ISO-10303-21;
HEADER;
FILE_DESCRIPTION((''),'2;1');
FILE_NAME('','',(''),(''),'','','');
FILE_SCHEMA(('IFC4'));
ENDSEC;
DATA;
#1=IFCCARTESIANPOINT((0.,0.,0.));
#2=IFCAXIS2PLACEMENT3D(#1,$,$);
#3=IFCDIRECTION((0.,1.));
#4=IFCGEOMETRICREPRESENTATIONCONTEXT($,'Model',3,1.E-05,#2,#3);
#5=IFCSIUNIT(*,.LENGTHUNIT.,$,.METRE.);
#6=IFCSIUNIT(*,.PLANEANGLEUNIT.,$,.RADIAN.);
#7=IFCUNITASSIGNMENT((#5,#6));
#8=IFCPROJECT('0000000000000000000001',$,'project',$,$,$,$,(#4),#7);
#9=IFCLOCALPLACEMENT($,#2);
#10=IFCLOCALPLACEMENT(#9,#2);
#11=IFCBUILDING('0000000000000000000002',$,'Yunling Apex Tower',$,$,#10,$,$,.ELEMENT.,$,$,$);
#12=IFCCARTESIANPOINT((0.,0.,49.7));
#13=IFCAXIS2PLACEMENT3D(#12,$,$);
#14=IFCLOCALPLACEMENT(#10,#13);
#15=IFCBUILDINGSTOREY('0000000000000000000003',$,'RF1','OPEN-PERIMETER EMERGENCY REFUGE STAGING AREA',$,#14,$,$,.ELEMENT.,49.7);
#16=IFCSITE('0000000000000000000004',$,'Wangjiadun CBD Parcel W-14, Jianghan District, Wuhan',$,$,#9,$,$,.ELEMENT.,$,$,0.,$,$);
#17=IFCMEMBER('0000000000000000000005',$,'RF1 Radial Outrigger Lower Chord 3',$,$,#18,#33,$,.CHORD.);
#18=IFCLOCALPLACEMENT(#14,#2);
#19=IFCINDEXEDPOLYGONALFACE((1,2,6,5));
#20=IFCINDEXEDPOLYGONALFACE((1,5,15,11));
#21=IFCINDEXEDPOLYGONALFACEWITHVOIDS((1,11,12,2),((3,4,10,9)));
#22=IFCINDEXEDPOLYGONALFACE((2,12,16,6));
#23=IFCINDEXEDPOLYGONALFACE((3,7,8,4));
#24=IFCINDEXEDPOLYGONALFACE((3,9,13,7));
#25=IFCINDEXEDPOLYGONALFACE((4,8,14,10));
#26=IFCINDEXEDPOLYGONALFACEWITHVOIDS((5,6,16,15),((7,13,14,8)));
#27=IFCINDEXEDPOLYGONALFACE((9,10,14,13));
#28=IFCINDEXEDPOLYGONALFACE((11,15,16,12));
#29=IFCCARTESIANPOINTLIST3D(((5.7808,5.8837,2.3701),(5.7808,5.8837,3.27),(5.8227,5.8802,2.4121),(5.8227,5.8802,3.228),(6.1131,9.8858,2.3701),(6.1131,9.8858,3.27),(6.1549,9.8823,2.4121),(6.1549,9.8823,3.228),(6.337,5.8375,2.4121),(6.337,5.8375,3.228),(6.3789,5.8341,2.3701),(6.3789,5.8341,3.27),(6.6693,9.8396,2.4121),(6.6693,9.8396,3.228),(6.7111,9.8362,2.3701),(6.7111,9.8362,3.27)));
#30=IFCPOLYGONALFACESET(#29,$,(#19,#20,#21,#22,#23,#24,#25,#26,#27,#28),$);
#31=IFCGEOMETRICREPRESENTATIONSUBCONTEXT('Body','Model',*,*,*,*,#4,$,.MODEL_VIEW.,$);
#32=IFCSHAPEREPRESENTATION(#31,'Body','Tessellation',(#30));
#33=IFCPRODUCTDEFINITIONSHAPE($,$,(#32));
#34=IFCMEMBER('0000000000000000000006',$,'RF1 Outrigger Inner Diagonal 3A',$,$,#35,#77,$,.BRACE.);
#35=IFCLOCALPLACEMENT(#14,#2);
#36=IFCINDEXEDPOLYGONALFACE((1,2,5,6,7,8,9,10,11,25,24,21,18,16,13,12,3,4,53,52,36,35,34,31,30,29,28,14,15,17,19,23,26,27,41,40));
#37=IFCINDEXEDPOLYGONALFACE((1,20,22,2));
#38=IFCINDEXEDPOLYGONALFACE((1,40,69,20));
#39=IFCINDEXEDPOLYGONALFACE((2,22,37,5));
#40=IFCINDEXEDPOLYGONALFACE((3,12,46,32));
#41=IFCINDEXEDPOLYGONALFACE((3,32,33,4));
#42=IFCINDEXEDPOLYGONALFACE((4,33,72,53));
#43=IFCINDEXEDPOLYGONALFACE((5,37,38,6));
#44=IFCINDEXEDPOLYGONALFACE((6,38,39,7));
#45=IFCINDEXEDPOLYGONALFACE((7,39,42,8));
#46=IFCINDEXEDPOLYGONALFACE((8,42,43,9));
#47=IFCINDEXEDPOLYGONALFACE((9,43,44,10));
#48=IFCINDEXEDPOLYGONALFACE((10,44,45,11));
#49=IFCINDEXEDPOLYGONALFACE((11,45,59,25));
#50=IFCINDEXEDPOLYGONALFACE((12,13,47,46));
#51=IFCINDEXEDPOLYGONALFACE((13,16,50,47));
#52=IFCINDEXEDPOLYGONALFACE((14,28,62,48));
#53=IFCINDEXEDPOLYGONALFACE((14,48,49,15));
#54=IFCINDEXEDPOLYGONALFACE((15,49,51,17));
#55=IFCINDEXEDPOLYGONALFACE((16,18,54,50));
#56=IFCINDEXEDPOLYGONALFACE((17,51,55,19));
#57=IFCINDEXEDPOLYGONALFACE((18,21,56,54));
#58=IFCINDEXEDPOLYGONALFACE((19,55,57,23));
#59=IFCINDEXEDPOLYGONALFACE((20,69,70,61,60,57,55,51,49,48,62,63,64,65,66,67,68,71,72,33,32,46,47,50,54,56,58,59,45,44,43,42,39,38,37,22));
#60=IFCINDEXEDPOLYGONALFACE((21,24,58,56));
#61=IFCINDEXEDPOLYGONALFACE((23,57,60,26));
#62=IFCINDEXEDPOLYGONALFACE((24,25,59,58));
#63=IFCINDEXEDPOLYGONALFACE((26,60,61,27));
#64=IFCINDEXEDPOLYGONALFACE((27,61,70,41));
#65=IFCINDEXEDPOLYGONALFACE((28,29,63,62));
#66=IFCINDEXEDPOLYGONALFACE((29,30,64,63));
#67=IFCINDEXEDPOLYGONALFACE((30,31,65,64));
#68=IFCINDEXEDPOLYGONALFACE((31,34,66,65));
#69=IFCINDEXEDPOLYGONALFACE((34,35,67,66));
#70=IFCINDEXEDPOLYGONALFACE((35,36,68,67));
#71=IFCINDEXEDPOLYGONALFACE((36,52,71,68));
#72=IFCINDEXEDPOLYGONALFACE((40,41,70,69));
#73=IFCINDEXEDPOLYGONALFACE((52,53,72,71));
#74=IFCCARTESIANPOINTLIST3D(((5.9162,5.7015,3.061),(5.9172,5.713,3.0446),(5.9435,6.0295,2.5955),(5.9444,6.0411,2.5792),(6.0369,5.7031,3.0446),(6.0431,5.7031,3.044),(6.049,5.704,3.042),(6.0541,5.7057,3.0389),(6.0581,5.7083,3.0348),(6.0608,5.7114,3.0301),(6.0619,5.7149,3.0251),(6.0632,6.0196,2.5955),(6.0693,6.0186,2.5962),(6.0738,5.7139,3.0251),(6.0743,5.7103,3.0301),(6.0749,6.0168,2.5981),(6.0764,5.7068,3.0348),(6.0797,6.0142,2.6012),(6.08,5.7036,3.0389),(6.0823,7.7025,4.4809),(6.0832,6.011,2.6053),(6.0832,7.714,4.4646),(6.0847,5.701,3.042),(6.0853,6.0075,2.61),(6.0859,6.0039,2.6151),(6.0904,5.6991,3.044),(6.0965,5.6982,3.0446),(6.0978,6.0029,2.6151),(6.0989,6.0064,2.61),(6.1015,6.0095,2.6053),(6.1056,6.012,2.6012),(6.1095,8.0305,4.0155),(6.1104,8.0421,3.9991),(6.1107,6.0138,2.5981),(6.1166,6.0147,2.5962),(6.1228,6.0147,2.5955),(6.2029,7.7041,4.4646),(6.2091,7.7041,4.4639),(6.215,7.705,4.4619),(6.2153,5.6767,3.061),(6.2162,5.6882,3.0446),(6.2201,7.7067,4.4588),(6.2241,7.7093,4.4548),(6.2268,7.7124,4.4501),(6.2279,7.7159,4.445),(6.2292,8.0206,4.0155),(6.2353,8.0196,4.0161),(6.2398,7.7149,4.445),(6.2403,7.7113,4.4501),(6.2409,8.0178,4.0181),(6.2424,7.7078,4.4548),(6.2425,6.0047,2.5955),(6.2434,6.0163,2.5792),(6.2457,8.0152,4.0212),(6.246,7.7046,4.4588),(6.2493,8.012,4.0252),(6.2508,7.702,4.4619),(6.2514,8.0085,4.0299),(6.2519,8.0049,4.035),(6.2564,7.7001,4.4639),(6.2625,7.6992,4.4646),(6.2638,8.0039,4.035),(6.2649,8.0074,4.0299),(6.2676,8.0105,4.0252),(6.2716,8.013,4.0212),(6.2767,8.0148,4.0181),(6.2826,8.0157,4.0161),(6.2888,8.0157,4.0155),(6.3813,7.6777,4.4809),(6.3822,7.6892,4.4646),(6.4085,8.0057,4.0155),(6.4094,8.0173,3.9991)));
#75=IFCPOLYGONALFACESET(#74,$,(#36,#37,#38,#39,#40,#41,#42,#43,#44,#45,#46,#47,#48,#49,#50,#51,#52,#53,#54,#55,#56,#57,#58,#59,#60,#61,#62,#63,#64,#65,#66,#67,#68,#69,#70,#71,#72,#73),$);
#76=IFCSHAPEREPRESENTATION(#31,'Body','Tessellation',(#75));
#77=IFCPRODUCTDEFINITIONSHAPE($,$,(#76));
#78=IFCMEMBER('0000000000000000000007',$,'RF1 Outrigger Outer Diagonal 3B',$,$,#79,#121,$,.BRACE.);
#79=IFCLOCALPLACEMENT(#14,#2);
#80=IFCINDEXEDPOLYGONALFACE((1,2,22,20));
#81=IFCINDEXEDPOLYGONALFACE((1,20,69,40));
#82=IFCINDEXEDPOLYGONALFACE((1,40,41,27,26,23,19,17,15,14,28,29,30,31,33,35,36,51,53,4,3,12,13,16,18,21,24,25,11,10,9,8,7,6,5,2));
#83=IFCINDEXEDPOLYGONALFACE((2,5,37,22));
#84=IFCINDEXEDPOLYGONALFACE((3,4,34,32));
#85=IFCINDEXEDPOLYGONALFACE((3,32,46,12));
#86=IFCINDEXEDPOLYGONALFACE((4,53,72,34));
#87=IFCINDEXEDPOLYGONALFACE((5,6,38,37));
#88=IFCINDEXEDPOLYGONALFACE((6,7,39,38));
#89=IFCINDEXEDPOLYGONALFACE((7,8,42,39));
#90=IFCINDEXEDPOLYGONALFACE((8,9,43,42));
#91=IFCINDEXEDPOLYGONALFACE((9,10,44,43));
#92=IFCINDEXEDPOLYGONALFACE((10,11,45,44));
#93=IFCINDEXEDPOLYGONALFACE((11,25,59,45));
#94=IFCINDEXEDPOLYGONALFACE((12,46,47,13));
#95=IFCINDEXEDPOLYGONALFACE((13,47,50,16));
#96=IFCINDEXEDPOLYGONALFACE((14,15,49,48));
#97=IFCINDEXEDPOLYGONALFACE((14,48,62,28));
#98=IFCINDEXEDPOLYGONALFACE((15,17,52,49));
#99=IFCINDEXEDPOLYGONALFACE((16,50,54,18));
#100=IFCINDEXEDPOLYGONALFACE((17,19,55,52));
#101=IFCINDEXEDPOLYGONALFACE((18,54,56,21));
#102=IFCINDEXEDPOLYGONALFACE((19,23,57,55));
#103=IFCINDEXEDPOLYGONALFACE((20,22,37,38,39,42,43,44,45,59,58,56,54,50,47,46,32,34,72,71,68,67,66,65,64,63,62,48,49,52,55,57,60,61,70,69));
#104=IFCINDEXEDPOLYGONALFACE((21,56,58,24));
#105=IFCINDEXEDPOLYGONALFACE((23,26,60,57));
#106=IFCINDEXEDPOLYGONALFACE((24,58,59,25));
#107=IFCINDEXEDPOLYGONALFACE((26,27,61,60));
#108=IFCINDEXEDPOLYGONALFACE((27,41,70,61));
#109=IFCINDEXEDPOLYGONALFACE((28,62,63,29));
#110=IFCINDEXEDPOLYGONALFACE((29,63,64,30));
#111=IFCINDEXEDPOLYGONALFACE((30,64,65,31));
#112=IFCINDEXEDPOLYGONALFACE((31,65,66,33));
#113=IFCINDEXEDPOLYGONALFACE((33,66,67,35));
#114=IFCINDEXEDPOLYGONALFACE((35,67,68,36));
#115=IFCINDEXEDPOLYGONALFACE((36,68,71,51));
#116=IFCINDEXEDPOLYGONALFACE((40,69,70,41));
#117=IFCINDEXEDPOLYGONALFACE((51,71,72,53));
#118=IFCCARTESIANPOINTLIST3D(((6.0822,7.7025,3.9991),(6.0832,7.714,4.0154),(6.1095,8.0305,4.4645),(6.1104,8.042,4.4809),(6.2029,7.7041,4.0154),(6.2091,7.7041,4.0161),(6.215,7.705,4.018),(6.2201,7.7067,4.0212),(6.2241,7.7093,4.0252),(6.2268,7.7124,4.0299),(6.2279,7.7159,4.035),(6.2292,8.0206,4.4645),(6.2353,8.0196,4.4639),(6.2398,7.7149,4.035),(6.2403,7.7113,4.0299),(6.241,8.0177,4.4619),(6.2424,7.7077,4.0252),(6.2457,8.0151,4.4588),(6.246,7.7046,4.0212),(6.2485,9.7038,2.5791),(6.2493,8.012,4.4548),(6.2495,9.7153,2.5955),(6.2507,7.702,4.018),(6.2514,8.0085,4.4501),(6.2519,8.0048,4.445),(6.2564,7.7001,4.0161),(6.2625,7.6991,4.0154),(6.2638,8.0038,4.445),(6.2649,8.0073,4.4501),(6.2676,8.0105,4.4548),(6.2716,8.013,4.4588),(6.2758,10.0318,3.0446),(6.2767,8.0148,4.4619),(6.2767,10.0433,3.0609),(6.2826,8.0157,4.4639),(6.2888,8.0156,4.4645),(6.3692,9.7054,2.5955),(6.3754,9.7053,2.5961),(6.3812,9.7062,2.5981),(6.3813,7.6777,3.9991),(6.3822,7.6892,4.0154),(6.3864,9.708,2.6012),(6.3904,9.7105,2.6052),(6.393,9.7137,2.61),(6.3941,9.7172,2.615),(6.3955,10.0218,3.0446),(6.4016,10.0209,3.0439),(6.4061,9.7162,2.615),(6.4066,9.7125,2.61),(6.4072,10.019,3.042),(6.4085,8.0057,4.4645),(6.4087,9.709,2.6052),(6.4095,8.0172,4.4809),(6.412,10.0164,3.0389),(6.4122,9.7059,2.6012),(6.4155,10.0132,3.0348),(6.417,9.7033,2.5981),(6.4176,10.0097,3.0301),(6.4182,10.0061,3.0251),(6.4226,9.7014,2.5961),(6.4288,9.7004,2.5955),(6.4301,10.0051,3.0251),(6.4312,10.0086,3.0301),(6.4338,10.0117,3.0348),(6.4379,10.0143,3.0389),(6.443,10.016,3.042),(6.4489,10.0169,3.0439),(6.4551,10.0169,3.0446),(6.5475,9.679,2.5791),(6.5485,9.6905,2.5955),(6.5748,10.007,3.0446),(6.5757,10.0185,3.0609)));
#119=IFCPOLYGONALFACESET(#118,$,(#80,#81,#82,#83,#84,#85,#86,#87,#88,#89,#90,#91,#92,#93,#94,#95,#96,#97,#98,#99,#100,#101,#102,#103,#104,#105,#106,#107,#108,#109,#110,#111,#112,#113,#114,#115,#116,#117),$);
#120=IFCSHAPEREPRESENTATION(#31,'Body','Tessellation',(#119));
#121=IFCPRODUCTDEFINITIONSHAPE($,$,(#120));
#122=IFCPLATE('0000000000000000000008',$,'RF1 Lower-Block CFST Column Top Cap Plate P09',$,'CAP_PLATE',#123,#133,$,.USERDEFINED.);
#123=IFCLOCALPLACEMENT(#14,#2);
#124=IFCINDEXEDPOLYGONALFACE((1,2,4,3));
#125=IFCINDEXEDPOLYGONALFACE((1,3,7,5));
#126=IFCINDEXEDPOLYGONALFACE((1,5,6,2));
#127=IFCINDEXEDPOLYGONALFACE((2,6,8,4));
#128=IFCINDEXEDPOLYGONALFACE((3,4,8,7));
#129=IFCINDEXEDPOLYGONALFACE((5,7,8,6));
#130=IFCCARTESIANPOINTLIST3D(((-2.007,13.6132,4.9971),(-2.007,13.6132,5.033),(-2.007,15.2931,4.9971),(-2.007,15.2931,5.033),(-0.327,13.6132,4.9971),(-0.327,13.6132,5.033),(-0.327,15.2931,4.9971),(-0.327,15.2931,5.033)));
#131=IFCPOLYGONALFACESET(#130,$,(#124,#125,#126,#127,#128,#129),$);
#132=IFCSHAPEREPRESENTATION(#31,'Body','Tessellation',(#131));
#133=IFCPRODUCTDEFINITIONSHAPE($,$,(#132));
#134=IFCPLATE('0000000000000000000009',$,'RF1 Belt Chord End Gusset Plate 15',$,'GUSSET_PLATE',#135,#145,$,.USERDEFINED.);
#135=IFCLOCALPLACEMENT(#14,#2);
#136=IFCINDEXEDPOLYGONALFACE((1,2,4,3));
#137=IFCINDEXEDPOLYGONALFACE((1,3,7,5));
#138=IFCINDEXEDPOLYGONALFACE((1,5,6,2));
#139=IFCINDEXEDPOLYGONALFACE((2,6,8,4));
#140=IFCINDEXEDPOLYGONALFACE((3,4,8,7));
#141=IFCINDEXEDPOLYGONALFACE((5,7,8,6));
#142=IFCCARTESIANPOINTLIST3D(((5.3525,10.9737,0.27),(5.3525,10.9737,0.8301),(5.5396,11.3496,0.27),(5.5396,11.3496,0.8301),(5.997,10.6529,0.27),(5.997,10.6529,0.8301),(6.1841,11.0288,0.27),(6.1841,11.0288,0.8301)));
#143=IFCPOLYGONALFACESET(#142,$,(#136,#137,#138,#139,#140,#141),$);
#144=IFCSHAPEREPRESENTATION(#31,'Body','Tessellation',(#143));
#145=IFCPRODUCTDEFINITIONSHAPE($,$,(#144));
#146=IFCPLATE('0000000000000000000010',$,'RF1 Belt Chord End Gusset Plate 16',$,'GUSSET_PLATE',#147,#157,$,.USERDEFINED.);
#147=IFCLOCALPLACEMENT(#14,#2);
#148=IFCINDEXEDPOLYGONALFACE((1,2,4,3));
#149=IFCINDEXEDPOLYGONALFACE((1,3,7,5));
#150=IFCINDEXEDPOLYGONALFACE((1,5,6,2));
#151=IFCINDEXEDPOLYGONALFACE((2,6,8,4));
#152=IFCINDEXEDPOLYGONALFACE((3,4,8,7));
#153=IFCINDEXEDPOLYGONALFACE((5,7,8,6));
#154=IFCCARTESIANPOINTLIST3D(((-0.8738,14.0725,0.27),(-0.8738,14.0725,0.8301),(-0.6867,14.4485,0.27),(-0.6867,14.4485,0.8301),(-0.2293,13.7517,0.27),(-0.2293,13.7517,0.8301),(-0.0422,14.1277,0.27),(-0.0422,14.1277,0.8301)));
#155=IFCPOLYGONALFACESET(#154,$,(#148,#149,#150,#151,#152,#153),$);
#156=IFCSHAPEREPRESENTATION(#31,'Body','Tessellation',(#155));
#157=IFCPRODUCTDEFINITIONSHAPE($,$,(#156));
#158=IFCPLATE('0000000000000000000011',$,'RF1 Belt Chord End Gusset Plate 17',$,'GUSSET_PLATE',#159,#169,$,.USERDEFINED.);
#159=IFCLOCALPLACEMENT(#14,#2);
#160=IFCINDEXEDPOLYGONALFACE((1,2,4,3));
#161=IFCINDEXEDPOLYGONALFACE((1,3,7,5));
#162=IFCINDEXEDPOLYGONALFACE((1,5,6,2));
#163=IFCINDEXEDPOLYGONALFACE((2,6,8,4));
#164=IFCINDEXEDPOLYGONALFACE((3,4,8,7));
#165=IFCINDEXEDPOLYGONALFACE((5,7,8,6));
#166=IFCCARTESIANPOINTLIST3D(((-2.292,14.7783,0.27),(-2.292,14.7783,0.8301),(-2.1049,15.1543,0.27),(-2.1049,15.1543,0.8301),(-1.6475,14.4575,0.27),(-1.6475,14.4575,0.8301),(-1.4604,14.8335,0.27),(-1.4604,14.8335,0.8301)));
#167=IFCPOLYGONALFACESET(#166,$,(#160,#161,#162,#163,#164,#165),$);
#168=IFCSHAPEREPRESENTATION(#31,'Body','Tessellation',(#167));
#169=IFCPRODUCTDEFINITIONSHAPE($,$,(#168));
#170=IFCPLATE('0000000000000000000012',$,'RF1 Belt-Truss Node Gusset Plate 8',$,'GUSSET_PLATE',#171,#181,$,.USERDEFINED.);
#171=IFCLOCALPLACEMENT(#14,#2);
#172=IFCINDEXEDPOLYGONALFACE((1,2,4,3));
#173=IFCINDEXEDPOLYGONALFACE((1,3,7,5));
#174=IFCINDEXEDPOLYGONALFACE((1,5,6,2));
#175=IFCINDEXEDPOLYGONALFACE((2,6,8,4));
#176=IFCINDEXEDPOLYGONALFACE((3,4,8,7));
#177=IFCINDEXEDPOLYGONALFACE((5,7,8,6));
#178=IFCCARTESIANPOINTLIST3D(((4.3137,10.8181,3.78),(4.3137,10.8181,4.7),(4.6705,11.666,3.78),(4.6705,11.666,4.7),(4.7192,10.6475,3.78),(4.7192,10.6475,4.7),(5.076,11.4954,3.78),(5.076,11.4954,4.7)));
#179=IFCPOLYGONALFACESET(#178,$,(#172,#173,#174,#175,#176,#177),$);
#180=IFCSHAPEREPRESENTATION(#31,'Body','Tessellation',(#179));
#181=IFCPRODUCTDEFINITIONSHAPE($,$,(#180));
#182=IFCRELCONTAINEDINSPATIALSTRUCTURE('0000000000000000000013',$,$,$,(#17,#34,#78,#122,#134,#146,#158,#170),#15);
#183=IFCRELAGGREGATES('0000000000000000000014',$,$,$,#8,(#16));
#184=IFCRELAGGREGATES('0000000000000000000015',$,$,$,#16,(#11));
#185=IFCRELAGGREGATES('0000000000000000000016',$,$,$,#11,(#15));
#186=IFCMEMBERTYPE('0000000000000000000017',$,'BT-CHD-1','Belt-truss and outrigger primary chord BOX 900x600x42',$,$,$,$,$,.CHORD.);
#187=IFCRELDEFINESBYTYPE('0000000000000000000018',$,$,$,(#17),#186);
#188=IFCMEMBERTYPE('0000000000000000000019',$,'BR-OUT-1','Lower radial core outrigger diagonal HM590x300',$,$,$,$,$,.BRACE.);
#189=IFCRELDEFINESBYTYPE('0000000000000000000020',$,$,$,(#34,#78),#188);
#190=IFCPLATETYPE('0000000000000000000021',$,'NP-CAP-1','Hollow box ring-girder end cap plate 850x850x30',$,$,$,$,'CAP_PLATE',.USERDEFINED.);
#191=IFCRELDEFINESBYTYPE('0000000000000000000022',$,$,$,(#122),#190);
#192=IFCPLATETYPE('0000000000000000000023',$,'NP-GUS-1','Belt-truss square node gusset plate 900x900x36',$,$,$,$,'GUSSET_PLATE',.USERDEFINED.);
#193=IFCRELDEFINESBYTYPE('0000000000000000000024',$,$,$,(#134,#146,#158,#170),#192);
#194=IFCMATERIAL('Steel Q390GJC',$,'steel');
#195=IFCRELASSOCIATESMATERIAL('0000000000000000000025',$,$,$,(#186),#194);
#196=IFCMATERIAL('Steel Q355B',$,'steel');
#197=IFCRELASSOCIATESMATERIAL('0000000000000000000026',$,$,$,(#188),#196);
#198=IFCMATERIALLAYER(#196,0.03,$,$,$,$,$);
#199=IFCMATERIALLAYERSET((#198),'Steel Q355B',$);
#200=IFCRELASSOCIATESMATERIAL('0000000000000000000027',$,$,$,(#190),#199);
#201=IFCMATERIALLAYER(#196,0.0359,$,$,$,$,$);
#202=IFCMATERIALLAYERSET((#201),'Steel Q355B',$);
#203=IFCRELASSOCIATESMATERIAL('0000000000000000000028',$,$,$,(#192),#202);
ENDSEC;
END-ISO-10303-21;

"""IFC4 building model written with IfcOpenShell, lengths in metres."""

from ifc_helpers import new_model, si_unit, direction, frame, origin, origin_2d, place, context, subcontext, project, spatial, rectangle, hollow_rectangle, i_section, extrude, source, transform, mapped, material, layer, layer_set, material_profile, profile_set, type_object, element, save


model = new_model("IFC4")

# Units and contexts
model_context = context("Model", 3, precision=1e-05, world=origin(), true_north=direction((0.0, 1.0)))
body_context = subcontext(model_context, "Body", "Model", "MODEL_VIEW")
ifc_project = project(units=[si_unit("LENGTHUNIT", "METRE"), si_unit("PLANEANGLEUNIT", "RADIAN")], contexts=[model_context])

# Site, building, storey
site_placement = place(None, origin())
site = spatial("IfcSite", under=ifc_project, at=site_placement, Name="Wangjiadun CBD Parcel W-14, Jianghan District, Wuhan", CompositionType="ELEMENT", RefElevation=0.0)
building_placement = place(site_placement, origin())
building = spatial("IfcBuilding", under=site, at=building_placement, Name="Yunling Apex Tower", CompositionType="ELEMENT")
storey_placement = place(building_placement, frame((0.0, 0.0, 49.7)))
storey = spatial("IfcBuildingStorey", under=building, at=storey_placement, Name="RF1", Description="OPEN-PERIMETER EMERGENCY REFUGE STAGING AREA", CompositionType="ELEMENT", Elevation=49.7)

# Shared definitions
ifc_material_1 = material(Name="Steel Q390GJC", Category="steel")

# Shared definitions
ifc_material_profile_1 = material_profile(ifc_material_1, hollow_rectangle(XDim=0.6001, YDim=0.8999, WallThickness=0.042, at=origin_2d()))
ifc_profile_set_1 = profile_set([ifc_material_profile_1], Name="Steel Q390GJC")
member_type_1 = type_object("IfcMemberType", Name="BT-CHD-1", Description="Belt-truss and outrigger primary chord BOX 900x600x42", PredefinedType="CHORD", material=ifc_profile_set_1)

# Members
shared_shape_1 = source(origin(), body_context, "Body", "SweptSolid", [
    extrude(hollow_rectangle(XDim=0.6001, YDim=0.8999, WallThickness=0.042, at=origin_2d()), origin(), (0.0, 0.0, 1.0), 4.0159),
])
member_1_placement = place(storey_placement, frame((6.0798, 5.8589, 2.8201), z_axis=(0.082739, 0.996571, 0.0), x_axis=(-0.996571, 0.082739, 0.0)))
element("IfcMember", 1, at=member_1_placement, inside=storey, type_object=member_type_1, Name="RF1 Radial Outrigger Lower Chord 3", PredefinedType="CHORD", context=body_context, shape_type="MappedRepresentation", body=[
    mapped(shared_shape_1, transform((0.0, 0.0, 0.0), scale=1.0)),
])
ifc_material_2 = material(Name="Steel Q355B", Category="steel")
ifc_material_profile_2 = material_profile(ifc_material_2, i_section(OverallWidth=0.3, OverallDepth=0.5901, WebThickness=0.012, FlangeThickness=0.02, FilletRadius=0.0239, at=origin_2d()))
ifc_profile_set_2 = profile_set([ifc_material_profile_2], Name="Steel Q355B")
member_type_2 = type_object("IfcMemberType", Name="BR-OUT-1", Description="Lower radial core outrigger diagonal HM590x300", PredefinedType="BRACE", material=ifc_profile_set_2)
shared_shape_2 = source(origin(), body_context, "Body", "SweptSolid", [
    extrude(i_section(OverallWidth=0.3, OverallDepth=0.5901, WebThickness=0.012, FlangeThickness=0.02, FilletRadius=0.0239, at=origin_2d()), origin(), (0.0, 0.0, 1.0), 2.4592),
])
member_2_placement = place(storey_placement, frame((6.0798, 5.8589, 2.8201), z_axis=(0.067508, 0.813671, 0.577393), x_axis=(-0.996576, 0.082683, 0.0)))
element("IfcMember", 2, at=member_2_placement, inside=storey, type_object=member_type_2, Name="RF1 Outrigger Inner Diagonal 3A", PredefinedType="BRACE", context=body_context, shape_type="MappedRepresentation", body=[
    mapped(shared_shape_2, transform((0.0, 0.0, 0.0), scale=1.0)),
])
shared_shape_3 = source(origin(), body_context, "Body", "SweptSolid", [
    extrude(i_section(OverallWidth=0.3, OverallDepth=0.5901, WebThickness=0.012, FlangeThickness=0.02, FilletRadius=0.0239, at=origin_2d()), origin(), (0.0, 0.0, 1.0), 2.4595),
])
member_3_placement = place(storey_placement, frame((6.2458, 7.8599, 4.24), z_axis=(0.067601, 0.813699, -0.577342), x_axis=(-0.996567, 0.082794, 0.0)))
element("IfcMember", 3, at=member_3_placement, inside=storey, type_object=member_type_2, Name="RF1 Outrigger Outer Diagonal 3B", PredefinedType="BRACE", context=body_context, shape_type="MappedRepresentation", body=[
    mapped(shared_shape_3, transform((0.0, 0.0, 0.0), scale=1.0)),
])

# Plates
ifc_layer_1 = layer(ifc_material_2, 0.03)
ifc_layer_set_1 = layer_set([ifc_layer_1], Name="Steel Q355B")
plate_type_1 = type_object("IfcPlateType", Name="NP-CAP-1", Description="Hollow box ring-girder end cap plate 850x850x30", ElementType="CAP_PLATE", PredefinedType="USERDEFINED", material=ifc_layer_set_1)
shared_shape_4 = source(origin(), body_context, "Body", "SweptSolid", [
    extrude(rectangle(XDim=1.6799, YDim=1.6799, at=origin_2d()), origin(), (0.0, 0.0, 1.0), 0.0359),
])
plate_1_placement = place(storey_placement, frame((-1.167, 14.4531, 4.9971), z_axis=(0.0, 0.0, 1.0), x_axis=(1.0, 0.0, 0.0)))
element("IfcPlate", 4, at=plate_1_placement, inside=storey, type_object=plate_type_1, Name="RF1 Lower-Block CFST Column Top Cap Plate P09", ObjectType="CAP_PLATE", PredefinedType="USERDEFINED", context=body_context, shape_type="MappedRepresentation", body=[
    mapped(shared_shape_4, transform((0.0, 0.0, 0.0), scale=1.0)),
])
ifc_layer_2 = layer(ifc_material_2, 0.0359)
ifc_layer_set_2 = layer_set([ifc_layer_2], Name="Steel Q355B")
plate_type_2 = type_object("IfcPlateType", Name="NP-GUS-1", Description="Belt-truss square node gusset plate 900x900x36", ElementType="GUSSET_PLATE", PredefinedType="USERDEFINED", material=ifc_layer_set_2)
shared_shape_5 = source(origin(), body_context, "Body", "SweptSolid", [
    extrude(rectangle(XDim=0.72, YDim=0.4199, at=origin_2d()), origin(), (0.0, 0.0, 1.0), 0.5601),
])
for number, where, z_axis, x_axis, name in (
    (5, (5.7683, 11.0012, 0.27), (0.0, 0.0, 1.0), (-0.895246, 0.445573, 0.0), "RF1 Belt Chord End Gusset Plate 15"),
    (6, (-0.458, 14.1001, 0.27), (0.0, 0.0, 1.0), (-0.895246, 0.445573, 0.0), "RF1 Belt Chord End Gusset Plate 16"),
    (7, (-1.8762, 14.8059, 0.27), (0.0, 0.0, 1.0), (-0.895246, 0.445573, 0.0), "RF1 Belt Chord End Gusset Plate 17"),
):
    element("IfcPlate", number, at=place(storey_placement, frame(where, z_axis=z_axis, x_axis=x_axis)), inside=storey, type_object=plate_type_2, Name=name, ObjectType="GUSSET_PLATE", PredefinedType="USERDEFINED", context=body_context, shape_type="MappedRepresentation", body=[
        mapped(shared_shape_5, transform((0.0, 0.0, 0.0), scale=1.0)),
    ])
shared_shape_6 = source(origin(), body_context, "Body", "SweptSolid", [
    extrude(rectangle(XDim=0.9199, YDim=0.4399, at=origin_2d()), origin(), (0.0, 0.0, 1.0), 0.9199),
])
for number, where, z_axis, x_axis, name in (
    (8, (4.6948, 11.1567, 3.78), (0.0, 0.0, 1.0), (0.387837, 0.921728, 0.0), "RF1 Belt-Truss Node Gusset Plate 8"),
):
    element("IfcPlate", number, at=place(storey_placement, frame(where, z_axis=z_axis, x_axis=x_axis)), inside=storey, type_object=plate_type_2, Name=name, ObjectType="GUSSET_PLATE", PredefinedType="USERDEFINED", context=body_context, shape_type="MappedRepresentation", body=[
        mapped(shared_shape_6, transform((0.0, 0.0, 0.0), scale=1.0)),
    ])

save(model, "model.ifc")
